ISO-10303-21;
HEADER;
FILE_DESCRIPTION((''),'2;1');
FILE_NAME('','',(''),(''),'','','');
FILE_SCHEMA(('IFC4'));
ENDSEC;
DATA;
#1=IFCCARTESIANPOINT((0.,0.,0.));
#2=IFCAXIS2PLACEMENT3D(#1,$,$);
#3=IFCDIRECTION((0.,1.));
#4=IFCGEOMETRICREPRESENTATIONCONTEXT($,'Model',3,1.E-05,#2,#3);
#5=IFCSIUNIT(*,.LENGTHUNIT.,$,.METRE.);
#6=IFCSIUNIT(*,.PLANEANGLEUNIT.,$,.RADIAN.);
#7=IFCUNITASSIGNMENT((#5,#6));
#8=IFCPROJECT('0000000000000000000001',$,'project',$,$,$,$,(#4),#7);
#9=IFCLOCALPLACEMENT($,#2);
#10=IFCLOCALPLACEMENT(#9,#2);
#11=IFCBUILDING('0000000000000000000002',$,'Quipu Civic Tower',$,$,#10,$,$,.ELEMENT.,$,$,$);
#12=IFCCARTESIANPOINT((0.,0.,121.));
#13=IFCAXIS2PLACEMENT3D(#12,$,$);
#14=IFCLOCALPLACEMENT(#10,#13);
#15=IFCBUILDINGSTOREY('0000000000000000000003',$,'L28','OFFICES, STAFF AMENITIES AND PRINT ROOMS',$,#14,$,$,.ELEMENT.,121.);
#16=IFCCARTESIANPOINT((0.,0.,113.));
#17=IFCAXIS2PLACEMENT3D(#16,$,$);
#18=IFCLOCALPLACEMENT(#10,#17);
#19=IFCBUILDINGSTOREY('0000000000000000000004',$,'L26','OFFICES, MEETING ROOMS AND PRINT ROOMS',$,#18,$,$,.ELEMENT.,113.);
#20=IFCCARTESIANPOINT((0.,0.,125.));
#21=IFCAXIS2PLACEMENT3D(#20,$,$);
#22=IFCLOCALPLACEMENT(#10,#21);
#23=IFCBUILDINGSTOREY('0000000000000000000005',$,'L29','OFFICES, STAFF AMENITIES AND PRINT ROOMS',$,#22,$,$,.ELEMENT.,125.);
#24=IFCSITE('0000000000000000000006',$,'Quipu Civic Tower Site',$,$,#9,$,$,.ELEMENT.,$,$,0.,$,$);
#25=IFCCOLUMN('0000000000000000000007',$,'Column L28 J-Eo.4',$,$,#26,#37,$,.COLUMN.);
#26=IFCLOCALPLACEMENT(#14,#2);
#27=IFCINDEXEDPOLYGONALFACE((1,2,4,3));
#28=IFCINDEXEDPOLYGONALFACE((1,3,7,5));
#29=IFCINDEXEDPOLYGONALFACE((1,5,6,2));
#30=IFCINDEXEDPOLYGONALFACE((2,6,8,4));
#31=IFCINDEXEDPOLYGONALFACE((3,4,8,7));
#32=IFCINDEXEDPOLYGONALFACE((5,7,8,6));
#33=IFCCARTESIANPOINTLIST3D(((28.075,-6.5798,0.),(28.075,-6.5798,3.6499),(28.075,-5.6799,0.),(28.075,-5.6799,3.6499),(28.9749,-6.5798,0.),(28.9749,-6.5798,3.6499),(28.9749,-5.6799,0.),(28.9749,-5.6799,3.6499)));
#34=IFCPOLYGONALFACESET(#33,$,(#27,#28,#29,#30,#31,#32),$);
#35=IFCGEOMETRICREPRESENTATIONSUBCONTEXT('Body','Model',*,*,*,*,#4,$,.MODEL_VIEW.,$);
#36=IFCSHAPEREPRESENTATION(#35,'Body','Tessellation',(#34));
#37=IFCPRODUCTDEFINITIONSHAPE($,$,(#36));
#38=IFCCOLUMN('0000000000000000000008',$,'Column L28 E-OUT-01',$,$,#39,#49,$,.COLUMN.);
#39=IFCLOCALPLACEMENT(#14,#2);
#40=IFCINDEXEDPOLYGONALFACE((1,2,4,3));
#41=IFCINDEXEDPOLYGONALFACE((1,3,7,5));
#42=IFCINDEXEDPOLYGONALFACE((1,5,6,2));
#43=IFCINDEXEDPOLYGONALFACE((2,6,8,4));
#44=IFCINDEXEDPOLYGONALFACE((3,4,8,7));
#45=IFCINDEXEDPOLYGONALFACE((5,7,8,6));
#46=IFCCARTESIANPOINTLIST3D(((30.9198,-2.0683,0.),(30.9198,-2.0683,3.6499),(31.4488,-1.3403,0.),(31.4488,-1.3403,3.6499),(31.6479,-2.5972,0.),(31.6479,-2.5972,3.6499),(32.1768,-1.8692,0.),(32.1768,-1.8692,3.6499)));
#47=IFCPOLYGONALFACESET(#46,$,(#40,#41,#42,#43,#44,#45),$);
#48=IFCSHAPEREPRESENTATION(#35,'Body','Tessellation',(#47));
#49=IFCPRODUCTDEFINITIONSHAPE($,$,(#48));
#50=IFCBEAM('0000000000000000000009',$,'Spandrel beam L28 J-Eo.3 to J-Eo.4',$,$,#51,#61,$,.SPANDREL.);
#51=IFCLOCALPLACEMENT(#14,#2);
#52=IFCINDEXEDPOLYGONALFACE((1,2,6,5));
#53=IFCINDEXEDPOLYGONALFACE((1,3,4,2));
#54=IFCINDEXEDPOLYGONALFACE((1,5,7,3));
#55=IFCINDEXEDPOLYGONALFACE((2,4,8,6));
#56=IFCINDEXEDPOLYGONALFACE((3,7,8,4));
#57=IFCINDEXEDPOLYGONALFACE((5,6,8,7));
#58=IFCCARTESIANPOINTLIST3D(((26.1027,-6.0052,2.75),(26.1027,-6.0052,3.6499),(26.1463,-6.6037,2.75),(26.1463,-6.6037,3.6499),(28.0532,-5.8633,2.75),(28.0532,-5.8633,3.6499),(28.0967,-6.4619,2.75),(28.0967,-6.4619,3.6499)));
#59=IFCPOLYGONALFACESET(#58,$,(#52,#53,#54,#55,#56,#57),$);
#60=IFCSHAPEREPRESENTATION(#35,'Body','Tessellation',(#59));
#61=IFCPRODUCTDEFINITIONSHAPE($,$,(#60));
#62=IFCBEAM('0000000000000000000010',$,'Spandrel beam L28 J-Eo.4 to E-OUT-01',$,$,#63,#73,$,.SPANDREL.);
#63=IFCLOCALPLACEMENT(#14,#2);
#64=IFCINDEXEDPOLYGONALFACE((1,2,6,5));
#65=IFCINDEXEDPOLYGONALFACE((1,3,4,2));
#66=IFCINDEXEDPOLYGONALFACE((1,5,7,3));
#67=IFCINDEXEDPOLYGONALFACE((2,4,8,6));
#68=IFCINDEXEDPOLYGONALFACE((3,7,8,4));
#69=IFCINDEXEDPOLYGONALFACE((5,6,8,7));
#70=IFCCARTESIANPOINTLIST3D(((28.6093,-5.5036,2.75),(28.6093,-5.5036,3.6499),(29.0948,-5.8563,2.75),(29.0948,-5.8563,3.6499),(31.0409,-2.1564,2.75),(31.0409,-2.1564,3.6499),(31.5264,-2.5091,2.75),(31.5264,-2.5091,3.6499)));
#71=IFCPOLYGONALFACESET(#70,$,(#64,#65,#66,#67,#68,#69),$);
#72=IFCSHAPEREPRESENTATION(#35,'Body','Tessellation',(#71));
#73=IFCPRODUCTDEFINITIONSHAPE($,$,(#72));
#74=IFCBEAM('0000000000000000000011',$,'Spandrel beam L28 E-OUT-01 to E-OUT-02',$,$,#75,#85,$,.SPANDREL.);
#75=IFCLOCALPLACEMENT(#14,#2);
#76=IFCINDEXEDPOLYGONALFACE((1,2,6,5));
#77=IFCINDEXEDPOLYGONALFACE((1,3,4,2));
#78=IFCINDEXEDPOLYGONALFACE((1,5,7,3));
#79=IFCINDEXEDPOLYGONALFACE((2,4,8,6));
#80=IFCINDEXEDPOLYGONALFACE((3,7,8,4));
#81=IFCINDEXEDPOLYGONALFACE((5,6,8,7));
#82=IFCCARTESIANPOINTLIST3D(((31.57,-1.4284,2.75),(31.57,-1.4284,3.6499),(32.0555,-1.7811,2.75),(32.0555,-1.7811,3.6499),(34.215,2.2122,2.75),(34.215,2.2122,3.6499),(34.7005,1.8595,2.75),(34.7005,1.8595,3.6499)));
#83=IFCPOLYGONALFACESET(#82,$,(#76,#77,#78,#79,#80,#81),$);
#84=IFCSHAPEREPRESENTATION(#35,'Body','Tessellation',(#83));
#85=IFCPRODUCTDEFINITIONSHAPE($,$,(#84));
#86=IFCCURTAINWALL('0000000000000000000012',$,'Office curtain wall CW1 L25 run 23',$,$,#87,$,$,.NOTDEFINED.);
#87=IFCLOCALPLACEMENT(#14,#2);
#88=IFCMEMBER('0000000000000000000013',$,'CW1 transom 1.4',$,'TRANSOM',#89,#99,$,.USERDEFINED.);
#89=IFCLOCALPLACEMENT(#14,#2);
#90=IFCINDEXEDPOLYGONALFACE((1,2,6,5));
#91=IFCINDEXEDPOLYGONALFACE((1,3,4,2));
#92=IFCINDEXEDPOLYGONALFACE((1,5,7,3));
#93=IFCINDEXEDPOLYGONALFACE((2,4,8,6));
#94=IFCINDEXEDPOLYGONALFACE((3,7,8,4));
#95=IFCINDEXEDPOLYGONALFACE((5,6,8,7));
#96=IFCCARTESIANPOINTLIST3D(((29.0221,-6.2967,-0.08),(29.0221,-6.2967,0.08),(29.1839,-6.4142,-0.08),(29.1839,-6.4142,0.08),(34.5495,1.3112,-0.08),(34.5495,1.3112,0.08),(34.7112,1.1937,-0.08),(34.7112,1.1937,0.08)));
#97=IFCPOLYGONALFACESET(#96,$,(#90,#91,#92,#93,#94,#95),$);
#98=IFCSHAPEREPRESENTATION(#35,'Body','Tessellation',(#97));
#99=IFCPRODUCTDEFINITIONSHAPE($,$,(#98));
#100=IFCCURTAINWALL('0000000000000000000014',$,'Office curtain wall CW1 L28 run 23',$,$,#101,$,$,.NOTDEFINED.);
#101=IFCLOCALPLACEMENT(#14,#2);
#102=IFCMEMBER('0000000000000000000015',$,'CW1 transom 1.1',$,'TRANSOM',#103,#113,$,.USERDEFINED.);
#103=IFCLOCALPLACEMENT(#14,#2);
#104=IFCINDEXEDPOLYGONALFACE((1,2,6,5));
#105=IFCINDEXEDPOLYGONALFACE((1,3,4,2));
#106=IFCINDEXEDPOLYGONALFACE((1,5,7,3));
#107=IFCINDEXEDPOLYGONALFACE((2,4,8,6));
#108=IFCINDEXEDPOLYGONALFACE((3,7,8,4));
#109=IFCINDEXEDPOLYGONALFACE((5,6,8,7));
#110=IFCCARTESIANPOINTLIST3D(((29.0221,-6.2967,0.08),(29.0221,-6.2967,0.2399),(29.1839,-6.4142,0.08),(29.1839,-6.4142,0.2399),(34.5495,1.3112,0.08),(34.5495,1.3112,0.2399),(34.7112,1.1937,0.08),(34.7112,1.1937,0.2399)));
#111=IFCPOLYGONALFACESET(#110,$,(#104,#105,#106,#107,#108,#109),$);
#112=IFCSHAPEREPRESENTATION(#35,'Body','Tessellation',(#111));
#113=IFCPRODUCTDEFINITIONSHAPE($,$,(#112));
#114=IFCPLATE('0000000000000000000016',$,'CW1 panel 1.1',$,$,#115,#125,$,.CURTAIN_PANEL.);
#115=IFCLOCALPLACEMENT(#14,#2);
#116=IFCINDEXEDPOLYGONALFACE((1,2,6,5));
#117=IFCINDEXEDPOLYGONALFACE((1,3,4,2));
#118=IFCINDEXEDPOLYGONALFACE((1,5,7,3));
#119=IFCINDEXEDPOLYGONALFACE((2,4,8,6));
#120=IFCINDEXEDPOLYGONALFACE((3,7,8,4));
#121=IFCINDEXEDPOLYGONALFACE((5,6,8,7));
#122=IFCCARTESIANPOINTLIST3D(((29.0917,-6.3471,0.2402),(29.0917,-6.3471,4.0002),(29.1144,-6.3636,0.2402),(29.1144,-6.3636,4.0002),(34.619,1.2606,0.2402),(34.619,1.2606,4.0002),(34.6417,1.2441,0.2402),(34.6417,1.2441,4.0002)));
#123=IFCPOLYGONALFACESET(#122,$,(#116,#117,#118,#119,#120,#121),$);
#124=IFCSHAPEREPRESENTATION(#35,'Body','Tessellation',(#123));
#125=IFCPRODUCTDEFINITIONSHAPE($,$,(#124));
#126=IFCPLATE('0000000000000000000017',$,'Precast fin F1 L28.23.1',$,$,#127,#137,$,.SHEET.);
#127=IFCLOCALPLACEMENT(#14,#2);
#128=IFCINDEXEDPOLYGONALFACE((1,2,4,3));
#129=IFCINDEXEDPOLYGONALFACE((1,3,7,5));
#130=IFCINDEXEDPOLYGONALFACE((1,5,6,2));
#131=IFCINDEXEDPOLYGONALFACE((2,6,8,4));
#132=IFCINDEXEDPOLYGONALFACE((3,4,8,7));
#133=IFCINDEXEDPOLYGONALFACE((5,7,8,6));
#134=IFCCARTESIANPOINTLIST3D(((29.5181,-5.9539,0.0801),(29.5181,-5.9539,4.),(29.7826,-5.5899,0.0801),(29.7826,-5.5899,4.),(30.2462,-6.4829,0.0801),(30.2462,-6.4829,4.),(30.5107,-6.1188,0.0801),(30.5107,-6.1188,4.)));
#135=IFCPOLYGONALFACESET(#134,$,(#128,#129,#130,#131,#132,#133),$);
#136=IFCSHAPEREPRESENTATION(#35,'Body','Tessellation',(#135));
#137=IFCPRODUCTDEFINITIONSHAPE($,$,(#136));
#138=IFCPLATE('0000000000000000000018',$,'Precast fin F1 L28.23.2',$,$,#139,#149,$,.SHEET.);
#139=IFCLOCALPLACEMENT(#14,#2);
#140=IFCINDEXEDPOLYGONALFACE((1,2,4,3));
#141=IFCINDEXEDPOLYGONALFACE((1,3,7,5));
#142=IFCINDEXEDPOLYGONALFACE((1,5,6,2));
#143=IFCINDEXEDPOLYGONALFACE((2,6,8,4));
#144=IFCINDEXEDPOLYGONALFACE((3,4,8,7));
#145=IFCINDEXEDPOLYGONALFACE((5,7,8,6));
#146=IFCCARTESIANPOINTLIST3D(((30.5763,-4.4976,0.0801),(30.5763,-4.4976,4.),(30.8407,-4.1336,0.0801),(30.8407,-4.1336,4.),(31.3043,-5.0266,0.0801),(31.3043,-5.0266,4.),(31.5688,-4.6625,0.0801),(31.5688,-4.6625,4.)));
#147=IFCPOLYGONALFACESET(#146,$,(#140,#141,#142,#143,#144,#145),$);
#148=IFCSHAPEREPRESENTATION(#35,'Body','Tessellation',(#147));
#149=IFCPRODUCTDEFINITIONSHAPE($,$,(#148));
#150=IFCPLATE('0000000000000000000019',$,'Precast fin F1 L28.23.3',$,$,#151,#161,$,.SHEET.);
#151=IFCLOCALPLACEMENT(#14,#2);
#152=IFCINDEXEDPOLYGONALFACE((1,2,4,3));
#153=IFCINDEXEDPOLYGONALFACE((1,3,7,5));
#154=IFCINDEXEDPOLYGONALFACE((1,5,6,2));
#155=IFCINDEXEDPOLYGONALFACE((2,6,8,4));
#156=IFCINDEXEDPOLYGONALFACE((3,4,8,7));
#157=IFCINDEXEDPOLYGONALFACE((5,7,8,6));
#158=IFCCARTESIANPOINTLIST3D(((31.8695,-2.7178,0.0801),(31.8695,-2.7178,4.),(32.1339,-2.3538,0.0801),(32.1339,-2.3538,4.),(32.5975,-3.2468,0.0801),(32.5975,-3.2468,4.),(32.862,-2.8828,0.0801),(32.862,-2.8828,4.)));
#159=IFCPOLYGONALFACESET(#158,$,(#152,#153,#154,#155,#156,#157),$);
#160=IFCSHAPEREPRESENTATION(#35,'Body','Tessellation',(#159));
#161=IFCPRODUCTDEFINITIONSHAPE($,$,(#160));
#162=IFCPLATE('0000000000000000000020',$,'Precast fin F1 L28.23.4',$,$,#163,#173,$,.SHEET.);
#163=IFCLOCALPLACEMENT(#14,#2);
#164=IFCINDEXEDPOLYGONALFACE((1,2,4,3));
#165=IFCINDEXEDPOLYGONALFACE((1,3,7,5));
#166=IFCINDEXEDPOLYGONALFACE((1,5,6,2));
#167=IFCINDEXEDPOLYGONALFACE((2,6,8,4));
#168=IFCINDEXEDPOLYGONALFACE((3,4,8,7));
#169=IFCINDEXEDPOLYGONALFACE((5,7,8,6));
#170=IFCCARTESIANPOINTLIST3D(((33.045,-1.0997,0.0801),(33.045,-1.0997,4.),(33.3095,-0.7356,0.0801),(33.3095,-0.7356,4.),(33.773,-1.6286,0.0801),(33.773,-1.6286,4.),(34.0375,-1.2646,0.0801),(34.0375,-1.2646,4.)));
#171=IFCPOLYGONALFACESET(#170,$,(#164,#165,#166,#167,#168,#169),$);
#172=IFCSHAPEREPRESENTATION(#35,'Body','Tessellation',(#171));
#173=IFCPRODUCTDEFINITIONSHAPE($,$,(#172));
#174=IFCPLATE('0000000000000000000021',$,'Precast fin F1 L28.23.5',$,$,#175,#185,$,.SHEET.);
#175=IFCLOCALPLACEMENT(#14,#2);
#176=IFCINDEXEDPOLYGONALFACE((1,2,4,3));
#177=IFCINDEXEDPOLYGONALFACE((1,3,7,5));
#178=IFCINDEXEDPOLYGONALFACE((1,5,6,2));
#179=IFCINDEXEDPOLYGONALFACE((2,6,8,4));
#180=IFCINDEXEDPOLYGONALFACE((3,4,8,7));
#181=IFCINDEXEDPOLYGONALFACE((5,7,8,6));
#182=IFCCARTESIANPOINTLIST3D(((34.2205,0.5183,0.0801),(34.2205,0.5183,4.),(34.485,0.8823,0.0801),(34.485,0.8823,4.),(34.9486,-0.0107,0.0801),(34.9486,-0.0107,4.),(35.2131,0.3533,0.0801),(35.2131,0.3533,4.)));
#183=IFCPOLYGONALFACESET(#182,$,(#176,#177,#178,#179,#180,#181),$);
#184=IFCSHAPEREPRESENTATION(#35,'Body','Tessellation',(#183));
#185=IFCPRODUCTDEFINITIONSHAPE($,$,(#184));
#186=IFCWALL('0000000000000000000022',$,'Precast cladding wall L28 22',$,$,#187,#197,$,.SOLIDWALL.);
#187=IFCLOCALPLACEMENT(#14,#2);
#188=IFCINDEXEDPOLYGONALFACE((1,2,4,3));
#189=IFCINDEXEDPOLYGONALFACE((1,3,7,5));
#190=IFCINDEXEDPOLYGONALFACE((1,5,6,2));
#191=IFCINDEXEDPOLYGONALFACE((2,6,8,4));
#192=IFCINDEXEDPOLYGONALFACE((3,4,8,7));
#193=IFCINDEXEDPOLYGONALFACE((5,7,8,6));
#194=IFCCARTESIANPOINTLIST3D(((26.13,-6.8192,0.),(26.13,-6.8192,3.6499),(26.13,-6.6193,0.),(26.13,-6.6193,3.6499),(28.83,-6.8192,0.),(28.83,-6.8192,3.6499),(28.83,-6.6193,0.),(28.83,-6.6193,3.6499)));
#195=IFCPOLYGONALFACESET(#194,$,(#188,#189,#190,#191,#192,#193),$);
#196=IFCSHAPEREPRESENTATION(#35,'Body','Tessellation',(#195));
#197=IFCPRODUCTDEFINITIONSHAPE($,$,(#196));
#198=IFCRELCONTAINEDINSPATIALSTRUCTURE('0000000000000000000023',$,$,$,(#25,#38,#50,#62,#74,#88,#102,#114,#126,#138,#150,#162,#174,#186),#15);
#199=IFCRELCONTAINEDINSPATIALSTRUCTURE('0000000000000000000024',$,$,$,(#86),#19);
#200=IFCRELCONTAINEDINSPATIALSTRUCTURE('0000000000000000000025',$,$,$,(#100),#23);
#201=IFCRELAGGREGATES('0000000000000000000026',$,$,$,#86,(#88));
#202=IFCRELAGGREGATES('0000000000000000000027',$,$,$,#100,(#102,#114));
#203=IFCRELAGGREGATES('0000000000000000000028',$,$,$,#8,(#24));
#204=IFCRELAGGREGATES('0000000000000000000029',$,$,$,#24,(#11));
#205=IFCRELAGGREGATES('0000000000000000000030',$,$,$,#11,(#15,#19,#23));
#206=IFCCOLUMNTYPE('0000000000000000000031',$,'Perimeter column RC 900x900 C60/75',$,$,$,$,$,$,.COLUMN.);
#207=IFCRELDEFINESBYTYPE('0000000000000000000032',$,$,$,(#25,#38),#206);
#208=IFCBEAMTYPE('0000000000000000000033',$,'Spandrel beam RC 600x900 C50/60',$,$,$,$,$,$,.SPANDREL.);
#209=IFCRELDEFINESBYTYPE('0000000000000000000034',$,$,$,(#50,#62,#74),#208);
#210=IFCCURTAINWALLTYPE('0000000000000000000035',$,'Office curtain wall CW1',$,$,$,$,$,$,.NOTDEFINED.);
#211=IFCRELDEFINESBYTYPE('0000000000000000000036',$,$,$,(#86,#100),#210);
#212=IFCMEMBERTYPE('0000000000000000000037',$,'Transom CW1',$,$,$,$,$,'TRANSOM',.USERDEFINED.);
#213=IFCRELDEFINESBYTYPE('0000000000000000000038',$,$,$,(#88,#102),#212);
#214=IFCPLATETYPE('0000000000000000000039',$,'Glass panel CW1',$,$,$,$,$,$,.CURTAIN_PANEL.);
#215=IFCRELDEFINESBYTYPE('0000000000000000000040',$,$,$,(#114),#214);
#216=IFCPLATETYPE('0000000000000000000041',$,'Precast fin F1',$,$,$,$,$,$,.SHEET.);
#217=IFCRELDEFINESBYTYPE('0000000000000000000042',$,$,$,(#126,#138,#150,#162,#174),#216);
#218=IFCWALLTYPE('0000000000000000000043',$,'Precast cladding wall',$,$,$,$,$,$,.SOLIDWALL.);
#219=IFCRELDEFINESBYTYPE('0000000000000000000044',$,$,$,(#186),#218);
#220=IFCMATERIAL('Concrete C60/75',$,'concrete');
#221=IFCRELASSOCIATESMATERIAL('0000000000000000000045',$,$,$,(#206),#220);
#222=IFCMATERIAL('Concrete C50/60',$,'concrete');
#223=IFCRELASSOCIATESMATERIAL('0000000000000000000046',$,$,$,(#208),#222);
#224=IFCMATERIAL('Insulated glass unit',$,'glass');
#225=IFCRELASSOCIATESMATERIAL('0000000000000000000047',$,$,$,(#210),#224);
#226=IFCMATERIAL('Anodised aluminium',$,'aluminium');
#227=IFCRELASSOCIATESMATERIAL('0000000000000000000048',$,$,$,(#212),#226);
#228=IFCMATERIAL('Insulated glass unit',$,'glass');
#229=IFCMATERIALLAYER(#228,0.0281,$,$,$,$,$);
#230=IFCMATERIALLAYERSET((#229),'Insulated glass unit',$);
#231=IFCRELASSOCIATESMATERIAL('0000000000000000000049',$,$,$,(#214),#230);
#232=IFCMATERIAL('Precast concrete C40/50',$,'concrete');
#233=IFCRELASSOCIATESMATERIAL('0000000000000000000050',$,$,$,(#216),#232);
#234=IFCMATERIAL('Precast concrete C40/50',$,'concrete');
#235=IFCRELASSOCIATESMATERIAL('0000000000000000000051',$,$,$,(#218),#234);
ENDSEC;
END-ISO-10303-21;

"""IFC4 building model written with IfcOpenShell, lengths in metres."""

from ifc_helpers import new_model, si_unit, direction, frame, frame_2d, origin, origin_2d, place, context, subcontext, project, spatial, rectangle, extrude, material, layer, layer_set, material_profile, profile_set, type_object, element, aggregate, save


model = new_model("IFC4")

# Units and contexts
model_context = context("Model", 3, precision=1e-05, world=origin(), true_north=direction((0.0, 1.0)))
body_context = subcontext(model_context, "Body", "Model", "MODEL_VIEW")
ifc_project = project(units=[si_unit("LENGTHUNIT", "METRE"), si_unit("PLANEANGLEUNIT", "RADIAN")], contexts=[model_context])

# Site, building, storey
site_placement = place(None, origin())
site = spatial("IfcSite", under=ifc_project, at=site_placement, Name="Quipu Civic Tower Site", CompositionType="ELEMENT", RefElevation=0.0)
building_placement = place(site_placement, origin())
building = spatial("IfcBuilding", under=site, at=building_placement, Name="Quipu Civic Tower", CompositionType="ELEMENT")
storey_1_placement = place(building_placement, frame((0.0, 0.0, 121.0)))
storey_1 = spatial("IfcBuildingStorey", under=building, at=storey_1_placement, Name="L28", Description="OFFICES, STAFF AMENITIES AND PRINT ROOMS", CompositionType="ELEMENT", Elevation=121.0)

# Columns
ifc_material_1 = material(Name="Concrete C60/75", Category="concrete")
ifc_material_profile_1 = material_profile(ifc_material_1, rectangle(XDim=0.8999, YDim=0.8999, at=origin_2d()), Name="RC900x900")
ifc_profile_set_1 = profile_set([ifc_material_profile_1], Name="Concrete C60/75")
column_type = type_object("IfcColumnType", Name="Perimeter column RC 900x900 C60/75", PredefinedType="COLUMN", material=ifc_profile_set_1)
for number, where, z_axis, x_axis, name in (
    (1, (28.5249, -6.1299, 0.0), (0.0, 0.0, 1.0), (1.0, 0.0, 0.0), "Column L28 J-Eo.4"),
    (2, (31.5483, -1.9688, 0.0), (0.0, 0.0, 1.0), (0.587785, 0.809017, 0.0), "Column L28 E-OUT-01"),
):
    element("IfcColumn", number, at=place(storey_1_placement, frame(where, z_axis=z_axis, x_axis=x_axis)), inside=storey_1, type_object=column_type, Name=name, PredefinedType="COLUMN", context=body_context, shape_type="SweptSolid", body=[
        extrude(rectangle(XDim=0.8999, YDim=0.8999, at=origin_2d()), origin(), (0.0, 0.0, 1.0), 3.6499),
    ])

# Beams
ifc_material_2 = material(Name="Concrete C50/60", Category="concrete")
ifc_material_profile_2 = material_profile(ifc_material_2, rectangle(XDim=0.6001, YDim=0.8999, at=origin_2d()), Name="RC600x900")
ifc_profile_set_2 = profile_set([ifc_material_profile_2], Name="Concrete C50/60")
beam_type = type_object("IfcBeamType", Name="Spandrel beam RC 600x900 C50/60", PredefinedType="SPANDREL", material=ifc_profile_set_2)
beam_1_placement = place(storey_1_placement, frame((26.1245, -6.3044, 3.2), z_axis=(0.997366, 0.072533, 0.0), x_axis=(-0.072533, 0.997366, 0.0)))
element("IfcBeam", 3, at=beam_1_placement, inside=storey_1, type_object=beam_type, Name="Spandrel beam L28 J-Eo.3 to J-Eo.4", PredefinedType="SPANDREL", context=body_context, shape_type="SweptSolid", body=[
    extrude(rectangle(XDim=0.6001, YDim=0.8999, at=origin_2d()), origin(), (0.0, 0.0, 1.0), 1.9556),
])
beam_2_placement = place(storey_1_placement, frame((28.8521, -5.6799, 3.2), z_axis=(0.587751, 0.809042, 0.0), x_axis=(-0.809042, 0.587751, 0.0)))
element("IfcBeam", 4, at=beam_2_placement, inside=storey_1, type_object=beam_type, Name="Spandrel beam L28 J-Eo.4 to E-OUT-01", PredefinedType="SPANDREL", context=body_context, shape_type="SweptSolid", body=[
    extrude(rectangle(XDim=0.6001, YDim=0.8999, at=origin_2d()), origin(), (0.0, 0.0, 1.0), 4.1372),
])
beam_3_placement = place(storey_1_placement, frame((31.8127, -1.6047, 3.2), z_axis=(0.587778, 0.809022, 0.0), x_axis=(-0.809022, 0.587778, 0.0)))
element("IfcBeam", 5, at=beam_3_placement, inside=storey_1, type_object=beam_type, Name="Spandrel beam L28 E-OUT-01 to E-OUT-02", PredefinedType="SPANDREL", context=body_context, shape_type="SweptSolid", body=[
    extrude(rectangle(XDim=0.6001, YDim=0.8999, at=origin_2d()), origin(), (0.0, 0.0, 1.0), 4.5),
])

# Shared definitions
storey_2_placement = place(building_placement, frame((0.0, 0.0, 113.0)))
storey_2 = spatial("IfcBuildingStorey", under=building, at=storey_2_placement, Name="L26", Description="OFFICES, MEETING ROOMS AND PRINT ROOMS", CompositionType="ELEMENT", Elevation=113.0)

# Curtain wall, member
ifc_material_3 = material(Name="Insulated glass unit", Category="glass")
curtain_wall_type = type_object("IfcCurtainWallType", Name="Office curtain wall CW1", PredefinedType="NOTDEFINED", material=ifc_material_3)
curtain_wall_1_placement = place(storey_2_placement, origin())
curtain_wall_1 = element("IfcCurtainWall", 6, at=curtain_wall_1_placement, inside=storey_2, type_object=curtain_wall_type, Name="Office curtain wall CW1 L25 run 23", PredefinedType="NOTDEFINED")
ifc_material_4 = material(Name="Anodised aluminium", Category="aluminium")
ifc_material_profile_3 = material_profile(ifc_material_4, rectangle(XDim=0.2, YDim=0.1599, at=origin_2d()), Name="RECT 200x160")
ifc_profile_set_3 = profile_set([ifc_material_profile_3], Name="Anodised aluminium")
member_type = type_object("IfcMemberType", Name="Transom CW1", ElementType="TRANSOM", PredefinedType="USERDEFINED", material=ifc_profile_set_3)
member_1_placement = place(storey_1_placement, frame((29.103, -6.3555, 0.0), z_axis=(0.587776, 0.809023, 0.0), x_axis=(-0.809023, 0.587776, 0.0)))
member_1 = element("IfcMember", 7, at=member_1_placement, inside=storey_1, type_object=member_type, Name="CW1 transom 1.4", ObjectType="TRANSOM", PredefinedType="USERDEFINED", context=body_context, shape_type="SweptSolid", body=[
    extrude(rectangle(XDim=0.2, YDim=0.1599, at=origin_2d()), origin(), (0.0, 0.0, 1.0), 9.4038),
])
aggregate(curtain_wall_1, [member_1])

# Shared definitions
storey_3_placement = place(building_placement, frame((0.0, 0.0, 125.0)))
storey_3 = spatial("IfcBuildingStorey", under=building, at=storey_3_placement, Name="L29", Description="OFFICES, STAFF AMENITIES AND PRINT ROOMS", CompositionType="ELEMENT", Elevation=125.0)

# Curtain wall, member, plate
curtain_wall_2_placement = place(storey_3_placement, origin())
curtain_wall_2 = element("IfcCurtainWall", 8, at=curtain_wall_2_placement, inside=storey_3, type_object=curtain_wall_type, Name="Office curtain wall CW1 L28 run 23", PredefinedType="NOTDEFINED")
member_2_placement = place(storey_1_placement, frame((29.103, -6.3555, 0.1599), z_axis=(0.587776, 0.809023, 0.0), x_axis=(-0.809023, 0.587776, 0.0)))
member_2 = element("IfcMember", 9, at=member_2_placement, inside=storey_1, type_object=member_type, Name="CW1 transom 1.1", ObjectType="TRANSOM", PredefinedType="USERDEFINED", context=body_context, shape_type="SweptSolid", body=[
    extrude(rectangle(XDim=0.2, YDim=0.1599, at=origin_2d()), origin(), (0.0, 0.0, 1.0), 9.4038),
])
ifc_material_5 = material(Name="Insulated glass unit", Category="glass")
ifc_layer = layer(ifc_material_5, 0.0281)
ifc_layer_set = layer_set([ifc_layer], Name="Insulated glass unit")
plate_type_1 = type_object("IfcPlateType", Name="Glass panel CW1", PredefinedType="CURTAIN_PANEL", material=ifc_layer_set)
plate_placement = place(storey_1_placement, frame((31.8667, -2.5515, 0.2402), z_axis=(0.0, 0.0, 1.0), x_axis=(0.587785, 0.809017, 0.0)))
plate = element("IfcPlate", 10, at=plate_placement, inside=storey_1, type_object=plate_type_1, Name="CW1 panel 1.1", PredefinedType="CURTAIN_PANEL", context=body_context, shape_type="SweptSolid", body=[
    extrude(rectangle(XDim=9.4036, YDim=0.0281, at=origin_2d()), origin(), (0.0, 0.0, 1.0), 3.76),
])
aggregate(curtain_wall_2, [member_2, plate])

# Plates
ifc_material_6 = material(Name="Precast concrete C40/50", Category="concrete")
plate_type_2 = type_object("IfcPlateType", Name="Precast fin F1", PredefinedType="SHEET", material=ifc_material_6)
for number, where, z_axis, x_axis, name in (
    (11, (30.0144, -6.0364, 0.0801), (0.0, 0.0, 1.0), (0.587786, 0.809017, 0.0), "Precast fin F1 L28.23.1"),
    (12, (31.0725, -4.5801, 0.0801), (0.0, 0.0, 1.0), (0.587786, 0.809017, 0.0), "Precast fin F1 L28.23.2"),
    (13, (32.3657, -2.8003, 0.0801), (0.0, 0.0, 1.0), (0.587786, 0.809017, 0.0), "Precast fin F1 L28.23.3"),
    (14, (33.5413, -1.1821, 0.0801), (0.0, 0.0, 1.0), (0.587786, 0.809017, 0.0), "Precast fin F1 L28.23.4"),
    (15, (34.7168, 0.4358, 0.0801), (0.0, 0.0, 1.0), (0.587786, 0.809017, 0.0), "Precast fin F1 L28.23.5"),
):
    element("IfcPlate", number, at=place(storey_1_placement, frame(where, z_axis=z_axis, x_axis=x_axis)), inside=storey_1, type_object=plate_type_2, Name=name, PredefinedType="SHEET", context=body_context, shape_type="SweptSolid", body=[
        extrude(rectangle(XDim=0.45, YDim=0.8999, at=origin_2d()), origin(), (0.0, 0.0, 1.0), 3.9199),
    ])

# Wall
ifc_material_7 = material(Name="Precast concrete C40/50", Category="concrete")
wall_type = type_object("IfcWallType", Name="Precast cladding wall", PredefinedType="SOLIDWALL", material=ifc_material_7)
wall_placement = place(storey_1_placement, frame((26.1299, -6.7192, 0.0), z_axis=(0.0, 0.0, 1.0), x_axis=(1.0, 0.0, 0.0)))
element("IfcWall", 16, at=wall_placement, inside=storey_1, type_object=wall_type, Name="Precast cladding wall L28 22", PredefinedType="SOLIDWALL", context=body_context, shape_type="SweptSolid", body=[
    extrude(rectangle(XDim=2.7, YDim=0.2, at=frame_2d((1.3501, 0.0))), origin(), (0.0, 0.0, 1.0), 3.6499),
])

save(model, "model.ifc")
